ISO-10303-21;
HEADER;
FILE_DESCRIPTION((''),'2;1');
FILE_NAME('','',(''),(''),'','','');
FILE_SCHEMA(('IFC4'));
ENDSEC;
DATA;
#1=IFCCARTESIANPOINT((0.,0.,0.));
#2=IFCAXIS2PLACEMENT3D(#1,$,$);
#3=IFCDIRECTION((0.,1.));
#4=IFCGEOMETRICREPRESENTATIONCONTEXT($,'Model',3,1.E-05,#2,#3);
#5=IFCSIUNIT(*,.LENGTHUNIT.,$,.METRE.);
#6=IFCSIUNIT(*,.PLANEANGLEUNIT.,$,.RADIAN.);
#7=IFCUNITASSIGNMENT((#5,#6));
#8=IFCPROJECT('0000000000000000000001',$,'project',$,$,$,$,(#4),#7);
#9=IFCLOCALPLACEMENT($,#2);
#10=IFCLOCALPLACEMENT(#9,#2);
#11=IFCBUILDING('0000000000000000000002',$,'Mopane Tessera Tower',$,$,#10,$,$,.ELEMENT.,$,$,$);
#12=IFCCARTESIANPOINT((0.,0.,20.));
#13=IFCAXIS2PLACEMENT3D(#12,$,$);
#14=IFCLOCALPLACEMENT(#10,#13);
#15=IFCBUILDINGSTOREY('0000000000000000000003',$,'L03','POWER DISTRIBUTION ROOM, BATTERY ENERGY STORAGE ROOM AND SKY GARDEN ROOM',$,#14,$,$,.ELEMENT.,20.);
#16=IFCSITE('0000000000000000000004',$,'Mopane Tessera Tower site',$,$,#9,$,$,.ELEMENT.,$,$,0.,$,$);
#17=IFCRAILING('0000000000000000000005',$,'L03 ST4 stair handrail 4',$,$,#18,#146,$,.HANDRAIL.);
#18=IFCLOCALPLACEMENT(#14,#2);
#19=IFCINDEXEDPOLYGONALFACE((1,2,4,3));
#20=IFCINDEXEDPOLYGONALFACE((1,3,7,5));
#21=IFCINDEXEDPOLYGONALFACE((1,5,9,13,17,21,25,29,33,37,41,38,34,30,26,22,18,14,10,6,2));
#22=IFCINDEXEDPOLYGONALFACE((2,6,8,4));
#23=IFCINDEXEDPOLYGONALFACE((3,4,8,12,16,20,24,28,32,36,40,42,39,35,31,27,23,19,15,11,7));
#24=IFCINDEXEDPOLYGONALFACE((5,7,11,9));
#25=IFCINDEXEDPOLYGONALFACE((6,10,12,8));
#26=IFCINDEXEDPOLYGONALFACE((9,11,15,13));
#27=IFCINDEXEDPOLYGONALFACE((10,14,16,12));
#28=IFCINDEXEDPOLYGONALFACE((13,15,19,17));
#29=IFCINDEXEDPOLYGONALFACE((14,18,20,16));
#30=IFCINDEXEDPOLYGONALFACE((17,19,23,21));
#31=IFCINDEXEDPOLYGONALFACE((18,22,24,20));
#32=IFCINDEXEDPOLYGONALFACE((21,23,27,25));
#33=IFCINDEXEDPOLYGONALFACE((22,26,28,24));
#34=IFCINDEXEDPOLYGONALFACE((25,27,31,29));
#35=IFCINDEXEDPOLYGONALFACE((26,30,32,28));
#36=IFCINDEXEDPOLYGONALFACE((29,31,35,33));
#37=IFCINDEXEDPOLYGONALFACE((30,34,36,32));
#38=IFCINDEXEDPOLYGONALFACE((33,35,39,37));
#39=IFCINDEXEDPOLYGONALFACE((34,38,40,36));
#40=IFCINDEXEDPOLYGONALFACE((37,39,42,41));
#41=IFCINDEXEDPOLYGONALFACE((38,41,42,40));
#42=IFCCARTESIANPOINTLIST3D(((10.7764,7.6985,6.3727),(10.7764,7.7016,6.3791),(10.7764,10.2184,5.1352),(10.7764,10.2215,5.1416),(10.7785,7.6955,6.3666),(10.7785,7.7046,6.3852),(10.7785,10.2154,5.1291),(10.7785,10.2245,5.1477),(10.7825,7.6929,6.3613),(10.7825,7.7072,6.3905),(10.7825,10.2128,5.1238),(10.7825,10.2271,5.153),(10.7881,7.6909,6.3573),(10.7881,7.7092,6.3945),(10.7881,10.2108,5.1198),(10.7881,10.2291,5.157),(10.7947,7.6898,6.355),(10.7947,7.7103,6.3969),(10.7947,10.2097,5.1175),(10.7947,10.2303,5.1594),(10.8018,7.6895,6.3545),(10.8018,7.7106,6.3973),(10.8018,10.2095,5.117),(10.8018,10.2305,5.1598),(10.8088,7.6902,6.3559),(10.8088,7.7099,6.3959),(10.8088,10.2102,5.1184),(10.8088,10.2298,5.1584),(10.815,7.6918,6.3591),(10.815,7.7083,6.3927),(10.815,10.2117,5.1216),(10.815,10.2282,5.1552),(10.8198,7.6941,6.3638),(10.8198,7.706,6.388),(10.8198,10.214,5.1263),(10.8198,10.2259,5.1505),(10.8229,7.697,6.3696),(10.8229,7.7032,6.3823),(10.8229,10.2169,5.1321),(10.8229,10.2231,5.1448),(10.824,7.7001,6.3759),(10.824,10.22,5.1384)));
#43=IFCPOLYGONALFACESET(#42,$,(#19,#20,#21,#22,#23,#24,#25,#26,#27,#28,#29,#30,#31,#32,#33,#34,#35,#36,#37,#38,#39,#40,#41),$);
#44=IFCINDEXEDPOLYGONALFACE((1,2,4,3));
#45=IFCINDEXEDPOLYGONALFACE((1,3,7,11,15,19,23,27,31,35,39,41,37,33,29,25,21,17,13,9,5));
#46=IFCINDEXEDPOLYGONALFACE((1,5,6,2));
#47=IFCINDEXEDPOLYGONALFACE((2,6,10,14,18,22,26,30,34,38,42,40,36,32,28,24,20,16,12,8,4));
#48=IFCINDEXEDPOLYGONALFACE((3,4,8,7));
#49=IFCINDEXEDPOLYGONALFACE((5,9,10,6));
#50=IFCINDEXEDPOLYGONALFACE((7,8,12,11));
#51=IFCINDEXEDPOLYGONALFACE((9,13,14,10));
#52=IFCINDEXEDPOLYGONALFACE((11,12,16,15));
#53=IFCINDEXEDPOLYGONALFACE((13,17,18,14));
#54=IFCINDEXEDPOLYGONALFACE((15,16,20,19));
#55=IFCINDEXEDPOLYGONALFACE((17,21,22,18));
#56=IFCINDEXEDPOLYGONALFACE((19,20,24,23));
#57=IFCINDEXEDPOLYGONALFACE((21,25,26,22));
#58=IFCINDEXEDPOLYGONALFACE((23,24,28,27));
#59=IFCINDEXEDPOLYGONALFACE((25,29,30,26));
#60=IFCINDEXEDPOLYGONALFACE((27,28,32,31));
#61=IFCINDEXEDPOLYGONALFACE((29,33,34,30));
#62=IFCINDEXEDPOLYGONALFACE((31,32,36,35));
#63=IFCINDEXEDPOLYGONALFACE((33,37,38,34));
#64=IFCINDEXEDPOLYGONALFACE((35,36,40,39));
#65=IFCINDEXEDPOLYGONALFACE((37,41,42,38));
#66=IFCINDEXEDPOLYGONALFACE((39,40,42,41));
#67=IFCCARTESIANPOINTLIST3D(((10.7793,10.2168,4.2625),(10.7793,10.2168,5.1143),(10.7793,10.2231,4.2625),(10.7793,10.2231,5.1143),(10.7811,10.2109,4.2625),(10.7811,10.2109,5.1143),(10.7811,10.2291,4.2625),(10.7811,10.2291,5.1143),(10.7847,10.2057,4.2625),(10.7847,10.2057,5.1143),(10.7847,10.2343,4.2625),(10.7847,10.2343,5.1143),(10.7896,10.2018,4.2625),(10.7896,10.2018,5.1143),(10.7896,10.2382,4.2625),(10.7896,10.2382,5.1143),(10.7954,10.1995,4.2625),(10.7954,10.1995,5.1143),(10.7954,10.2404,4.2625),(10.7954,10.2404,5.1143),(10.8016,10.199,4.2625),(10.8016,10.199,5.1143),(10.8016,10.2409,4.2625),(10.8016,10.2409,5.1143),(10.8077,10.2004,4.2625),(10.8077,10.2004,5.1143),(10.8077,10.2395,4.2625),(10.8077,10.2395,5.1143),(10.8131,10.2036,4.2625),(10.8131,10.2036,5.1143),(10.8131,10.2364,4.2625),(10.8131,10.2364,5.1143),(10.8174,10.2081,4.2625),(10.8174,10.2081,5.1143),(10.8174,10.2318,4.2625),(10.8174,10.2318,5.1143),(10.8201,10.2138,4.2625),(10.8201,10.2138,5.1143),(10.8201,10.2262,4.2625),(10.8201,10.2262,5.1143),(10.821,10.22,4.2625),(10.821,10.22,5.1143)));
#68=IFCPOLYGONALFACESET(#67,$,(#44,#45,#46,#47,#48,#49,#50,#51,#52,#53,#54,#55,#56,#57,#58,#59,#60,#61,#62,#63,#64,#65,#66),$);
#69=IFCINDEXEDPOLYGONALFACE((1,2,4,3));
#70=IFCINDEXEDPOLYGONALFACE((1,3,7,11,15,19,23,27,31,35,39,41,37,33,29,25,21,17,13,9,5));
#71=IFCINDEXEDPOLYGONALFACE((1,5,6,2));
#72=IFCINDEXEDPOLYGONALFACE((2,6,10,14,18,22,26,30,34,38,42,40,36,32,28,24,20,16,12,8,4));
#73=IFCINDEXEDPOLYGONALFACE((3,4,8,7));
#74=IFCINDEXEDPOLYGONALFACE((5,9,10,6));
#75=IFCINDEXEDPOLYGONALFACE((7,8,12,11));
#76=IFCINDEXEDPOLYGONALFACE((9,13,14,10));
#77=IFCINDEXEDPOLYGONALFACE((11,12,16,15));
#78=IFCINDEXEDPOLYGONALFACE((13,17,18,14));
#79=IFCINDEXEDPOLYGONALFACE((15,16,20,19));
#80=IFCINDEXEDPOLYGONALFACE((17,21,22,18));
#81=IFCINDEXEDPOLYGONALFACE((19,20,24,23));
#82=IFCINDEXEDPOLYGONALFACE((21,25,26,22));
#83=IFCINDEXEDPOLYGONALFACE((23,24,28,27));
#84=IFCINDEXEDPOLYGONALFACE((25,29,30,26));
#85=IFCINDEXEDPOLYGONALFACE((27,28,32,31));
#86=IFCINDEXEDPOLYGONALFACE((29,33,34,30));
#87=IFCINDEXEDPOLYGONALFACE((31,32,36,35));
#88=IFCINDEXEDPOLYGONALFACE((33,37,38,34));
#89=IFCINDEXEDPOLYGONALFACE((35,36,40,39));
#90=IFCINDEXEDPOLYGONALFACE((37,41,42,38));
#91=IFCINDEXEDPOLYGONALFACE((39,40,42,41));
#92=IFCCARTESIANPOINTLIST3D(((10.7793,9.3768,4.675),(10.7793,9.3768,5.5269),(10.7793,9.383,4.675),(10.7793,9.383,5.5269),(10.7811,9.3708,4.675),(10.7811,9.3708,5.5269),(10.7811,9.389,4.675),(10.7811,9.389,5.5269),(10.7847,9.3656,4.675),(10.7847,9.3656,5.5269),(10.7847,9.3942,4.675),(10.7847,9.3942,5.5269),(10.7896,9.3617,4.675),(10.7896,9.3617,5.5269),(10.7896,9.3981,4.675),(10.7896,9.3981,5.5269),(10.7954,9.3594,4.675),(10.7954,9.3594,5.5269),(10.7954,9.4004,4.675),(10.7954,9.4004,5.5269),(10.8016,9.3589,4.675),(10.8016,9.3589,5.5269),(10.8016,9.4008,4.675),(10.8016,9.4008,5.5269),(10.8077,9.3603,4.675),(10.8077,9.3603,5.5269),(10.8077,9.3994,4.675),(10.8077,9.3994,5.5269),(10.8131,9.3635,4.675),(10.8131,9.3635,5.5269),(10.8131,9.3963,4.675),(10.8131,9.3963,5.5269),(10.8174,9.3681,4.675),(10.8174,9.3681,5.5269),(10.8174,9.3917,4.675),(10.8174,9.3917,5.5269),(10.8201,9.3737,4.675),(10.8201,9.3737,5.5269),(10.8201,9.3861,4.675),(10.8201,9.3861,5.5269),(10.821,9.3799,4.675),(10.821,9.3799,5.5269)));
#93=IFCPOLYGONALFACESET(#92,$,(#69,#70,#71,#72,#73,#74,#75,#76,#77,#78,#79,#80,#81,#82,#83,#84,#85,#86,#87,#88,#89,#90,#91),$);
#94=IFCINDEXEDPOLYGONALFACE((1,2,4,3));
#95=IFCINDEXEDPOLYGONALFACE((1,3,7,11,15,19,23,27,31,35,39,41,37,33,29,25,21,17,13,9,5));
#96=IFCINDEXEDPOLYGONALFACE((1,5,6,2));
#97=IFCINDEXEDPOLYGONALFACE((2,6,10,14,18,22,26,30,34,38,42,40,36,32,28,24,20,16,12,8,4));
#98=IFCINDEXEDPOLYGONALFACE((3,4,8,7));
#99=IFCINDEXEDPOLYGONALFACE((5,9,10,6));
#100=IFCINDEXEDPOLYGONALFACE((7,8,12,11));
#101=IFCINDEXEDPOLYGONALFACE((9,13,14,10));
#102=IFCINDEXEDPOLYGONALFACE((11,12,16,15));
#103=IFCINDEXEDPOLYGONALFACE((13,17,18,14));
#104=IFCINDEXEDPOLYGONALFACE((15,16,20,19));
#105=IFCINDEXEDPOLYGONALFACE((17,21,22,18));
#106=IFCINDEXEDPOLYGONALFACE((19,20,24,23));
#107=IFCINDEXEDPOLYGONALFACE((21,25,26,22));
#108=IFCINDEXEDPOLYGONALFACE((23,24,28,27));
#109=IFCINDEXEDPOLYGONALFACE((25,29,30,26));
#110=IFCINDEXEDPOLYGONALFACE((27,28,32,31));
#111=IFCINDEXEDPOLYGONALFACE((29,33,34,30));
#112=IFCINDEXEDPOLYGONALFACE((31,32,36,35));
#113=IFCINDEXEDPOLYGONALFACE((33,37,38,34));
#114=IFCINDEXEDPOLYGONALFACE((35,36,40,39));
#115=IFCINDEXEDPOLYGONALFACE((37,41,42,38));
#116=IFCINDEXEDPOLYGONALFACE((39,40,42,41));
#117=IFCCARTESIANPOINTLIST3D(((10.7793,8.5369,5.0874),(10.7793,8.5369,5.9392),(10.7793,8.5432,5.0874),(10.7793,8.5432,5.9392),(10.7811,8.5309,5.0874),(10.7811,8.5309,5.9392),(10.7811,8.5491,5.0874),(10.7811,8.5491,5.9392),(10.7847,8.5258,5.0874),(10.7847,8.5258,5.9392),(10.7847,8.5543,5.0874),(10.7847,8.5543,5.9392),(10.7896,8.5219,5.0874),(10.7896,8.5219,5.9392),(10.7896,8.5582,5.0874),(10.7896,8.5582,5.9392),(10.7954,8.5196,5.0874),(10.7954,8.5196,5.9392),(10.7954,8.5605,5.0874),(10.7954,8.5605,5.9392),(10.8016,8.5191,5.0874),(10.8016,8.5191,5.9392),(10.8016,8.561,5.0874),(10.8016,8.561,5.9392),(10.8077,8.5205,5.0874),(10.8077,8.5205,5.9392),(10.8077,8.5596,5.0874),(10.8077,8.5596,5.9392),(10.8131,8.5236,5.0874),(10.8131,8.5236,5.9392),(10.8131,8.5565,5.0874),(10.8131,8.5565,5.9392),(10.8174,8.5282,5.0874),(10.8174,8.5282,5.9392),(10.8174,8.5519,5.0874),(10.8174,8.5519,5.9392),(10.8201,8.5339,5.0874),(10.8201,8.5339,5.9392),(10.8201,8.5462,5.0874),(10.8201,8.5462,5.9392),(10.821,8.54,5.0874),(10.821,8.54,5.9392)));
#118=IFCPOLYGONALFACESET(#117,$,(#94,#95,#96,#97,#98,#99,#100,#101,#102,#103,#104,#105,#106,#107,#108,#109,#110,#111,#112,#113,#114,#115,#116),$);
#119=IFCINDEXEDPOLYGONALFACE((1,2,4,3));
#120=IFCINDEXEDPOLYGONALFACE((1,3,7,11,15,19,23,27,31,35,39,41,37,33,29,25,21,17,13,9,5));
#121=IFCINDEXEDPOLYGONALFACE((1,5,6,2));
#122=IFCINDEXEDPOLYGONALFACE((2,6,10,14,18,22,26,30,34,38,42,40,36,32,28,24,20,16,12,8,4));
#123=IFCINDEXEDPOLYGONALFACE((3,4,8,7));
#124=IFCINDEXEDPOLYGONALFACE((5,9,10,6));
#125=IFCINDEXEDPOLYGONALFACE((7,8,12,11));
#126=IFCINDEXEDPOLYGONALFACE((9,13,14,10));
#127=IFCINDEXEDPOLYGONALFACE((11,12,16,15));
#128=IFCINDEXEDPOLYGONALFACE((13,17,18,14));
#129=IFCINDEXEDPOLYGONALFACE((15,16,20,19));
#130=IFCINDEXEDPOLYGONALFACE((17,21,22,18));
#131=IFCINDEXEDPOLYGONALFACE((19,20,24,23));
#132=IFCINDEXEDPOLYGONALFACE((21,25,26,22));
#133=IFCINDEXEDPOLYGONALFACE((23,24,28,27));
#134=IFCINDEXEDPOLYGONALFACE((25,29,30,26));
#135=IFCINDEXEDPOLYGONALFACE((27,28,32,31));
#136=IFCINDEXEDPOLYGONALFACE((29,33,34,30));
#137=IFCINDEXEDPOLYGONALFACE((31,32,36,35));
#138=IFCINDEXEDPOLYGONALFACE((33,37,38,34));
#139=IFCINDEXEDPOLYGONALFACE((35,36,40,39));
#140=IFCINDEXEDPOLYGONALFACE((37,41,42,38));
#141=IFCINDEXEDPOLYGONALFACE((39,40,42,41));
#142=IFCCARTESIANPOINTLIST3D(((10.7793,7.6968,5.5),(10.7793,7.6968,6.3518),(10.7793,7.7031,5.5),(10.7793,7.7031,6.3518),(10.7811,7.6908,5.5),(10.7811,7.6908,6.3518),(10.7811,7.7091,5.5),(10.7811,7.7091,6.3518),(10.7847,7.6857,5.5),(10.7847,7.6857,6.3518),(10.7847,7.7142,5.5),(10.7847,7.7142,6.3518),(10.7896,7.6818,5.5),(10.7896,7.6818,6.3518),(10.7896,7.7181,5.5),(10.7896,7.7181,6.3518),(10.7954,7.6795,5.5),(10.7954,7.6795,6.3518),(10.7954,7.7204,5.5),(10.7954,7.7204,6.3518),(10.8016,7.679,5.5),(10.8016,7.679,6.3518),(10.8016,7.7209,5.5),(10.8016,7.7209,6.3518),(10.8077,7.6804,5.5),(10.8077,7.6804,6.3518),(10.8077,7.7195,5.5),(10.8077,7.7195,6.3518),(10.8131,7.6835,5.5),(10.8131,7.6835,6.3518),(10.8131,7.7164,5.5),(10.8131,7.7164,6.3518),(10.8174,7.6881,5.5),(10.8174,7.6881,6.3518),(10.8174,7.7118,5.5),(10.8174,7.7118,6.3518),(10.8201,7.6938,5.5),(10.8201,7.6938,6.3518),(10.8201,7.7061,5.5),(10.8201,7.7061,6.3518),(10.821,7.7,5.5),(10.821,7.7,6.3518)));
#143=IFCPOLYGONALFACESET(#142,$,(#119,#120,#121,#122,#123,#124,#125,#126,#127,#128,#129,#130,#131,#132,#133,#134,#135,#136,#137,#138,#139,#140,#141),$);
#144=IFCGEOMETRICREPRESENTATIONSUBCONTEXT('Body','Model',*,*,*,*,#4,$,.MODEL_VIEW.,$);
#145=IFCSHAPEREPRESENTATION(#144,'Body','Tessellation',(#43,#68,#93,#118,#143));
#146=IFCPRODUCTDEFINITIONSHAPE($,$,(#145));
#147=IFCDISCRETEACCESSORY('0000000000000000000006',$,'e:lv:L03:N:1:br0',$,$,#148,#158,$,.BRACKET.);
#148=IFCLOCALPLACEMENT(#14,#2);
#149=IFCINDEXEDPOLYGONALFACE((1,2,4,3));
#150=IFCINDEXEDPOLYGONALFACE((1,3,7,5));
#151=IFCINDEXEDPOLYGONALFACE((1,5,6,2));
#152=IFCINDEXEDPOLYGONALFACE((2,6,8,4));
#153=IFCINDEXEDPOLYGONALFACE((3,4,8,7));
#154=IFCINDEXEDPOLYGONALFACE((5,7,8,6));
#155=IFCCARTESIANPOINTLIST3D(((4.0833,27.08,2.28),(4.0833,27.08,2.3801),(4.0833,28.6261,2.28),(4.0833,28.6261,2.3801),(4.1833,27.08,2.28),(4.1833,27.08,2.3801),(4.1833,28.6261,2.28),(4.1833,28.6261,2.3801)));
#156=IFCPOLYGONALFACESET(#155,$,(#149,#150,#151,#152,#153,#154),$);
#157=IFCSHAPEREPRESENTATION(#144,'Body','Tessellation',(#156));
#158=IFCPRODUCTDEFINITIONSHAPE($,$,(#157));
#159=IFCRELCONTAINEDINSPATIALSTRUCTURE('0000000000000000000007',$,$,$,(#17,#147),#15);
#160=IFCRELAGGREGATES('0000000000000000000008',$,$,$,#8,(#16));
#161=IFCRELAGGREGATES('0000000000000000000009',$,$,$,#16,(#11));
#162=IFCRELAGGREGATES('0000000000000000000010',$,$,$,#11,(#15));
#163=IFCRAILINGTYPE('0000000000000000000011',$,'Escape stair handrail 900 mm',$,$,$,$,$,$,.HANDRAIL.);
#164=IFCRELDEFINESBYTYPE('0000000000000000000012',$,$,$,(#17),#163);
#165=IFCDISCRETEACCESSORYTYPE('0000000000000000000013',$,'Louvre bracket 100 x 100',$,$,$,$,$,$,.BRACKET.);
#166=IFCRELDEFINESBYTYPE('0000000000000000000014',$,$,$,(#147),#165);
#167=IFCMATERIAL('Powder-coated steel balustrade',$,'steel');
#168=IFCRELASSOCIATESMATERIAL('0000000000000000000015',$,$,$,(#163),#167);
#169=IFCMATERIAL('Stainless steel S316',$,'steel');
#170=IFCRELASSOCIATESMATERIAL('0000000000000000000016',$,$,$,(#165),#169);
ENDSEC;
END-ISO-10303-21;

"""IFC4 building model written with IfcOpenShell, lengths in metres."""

from ifc_helpers import new_model, si_unit, direction, frame, origin, origin_2d, place, context, subcontext, project, spatial, rectangle, circle, extrude, material, type_object, element, save


model = new_model("IFC4")

# Units and contexts
model_context = context("Model", 3, precision=1e-05, world=origin(), true_north=direction((0.0, 1.0)))
body_context = subcontext(model_context, "Body", "Model", "MODEL_VIEW")
ifc_project = project(units=[si_unit("LENGTHUNIT", "METRE"), si_unit("PLANEANGLEUNIT", "RADIAN")], contexts=[model_context])

# Site, building, storey
site_placement = place(None, origin())
site = spatial("IfcSite", under=ifc_project, at=site_placement, Name="Mopane Tessera Tower site", CompositionType="ELEMENT", RefElevation=0.0)
building_placement = place(site_placement, origin())
building = spatial("IfcBuilding", under=site, at=building_placement, Name="Mopane Tessera Tower", CompositionType="ELEMENT")
storey_placement = place(building_placement, frame((0.0, 0.0, 20.0)))
storey = spatial("IfcBuildingStorey", under=building, at=storey_placement, Name="L03", Description="POWER DISTRIBUTION ROOM, BATTERY ENERGY STORAGE ROOM AND SKY GARDEN ROOM", CompositionType="ELEMENT", Elevation=20.0)

# Railing
ifc_material_1 = material(Name="Powder-coated steel balustrade", Category="steel")
railing_type_1 = type_object("IfcRailingType", Name="Escape stair handrail 900 mm", PredefinedType="HANDRAIL", material=ifc_material_1)
for number, where, name in (
    (1, (10.8, 10.22, 4.2625), "L03 ST4 stair handrail 4"),
):
    element("IfcRailing", number, at=place(storey_placement, frame(where)), inside=storey, type_object=railing_type_1, Name=name, PredefinedType="HANDRAIL", context=body_context, shape_type="SweptSolid", body=[
        extrude(circle(Radius=0.0239, at=origin_2d()), frame((0.0, 0.0, 0.876), z_axis=(0.0, -0.897604, 0.440802), x_axis=(1.0, 0.0, 0.0)), (0.0, 0.0, 1.0), 2.8074),
        extrude(circle(Radius=0.021, at=origin_2d()), origin(), (0.0, 0.0, 1.0), 0.8518),
        extrude(circle(Radius=0.021, at=origin_2d()), frame((0.0, -0.8401, 0.4126)), (0.0, 0.0, 1.0), 0.8518),
        extrude(circle(Radius=0.021, at=origin_2d()), frame((0.0, -1.6799, 0.825)), (0.0, 0.0, 1.0), 0.8518),
        extrude(circle(Radius=0.021, at=origin_2d()), frame((0.0, -2.52, 1.2375)), (0.0, 0.0, 1.0), 0.8518),
    ])

# Discrete accessory
ifc_material_2 = material(Name="Stainless steel S316", Category="steel")
discrete_accessory_type = type_object("IfcDiscreteAccessoryType", Name="Louvre bracket 100 x 100", PredefinedType="BRACKET", material=ifc_material_2)
discrete_accessory_placement = place(storey_placement, frame((4.1333, 27.853, 2.28), z_axis=(0.0, 0.0, 1.0), x_axis=(0.0, 1.0, 0.0)))
element("IfcDiscreteAccessory", 2, at=discrete_accessory_placement, inside=storey, type_object=discrete_accessory_type, Name="e:lv:L03:N:1:br0", PredefinedType="BRACKET", context=body_context, shape_type="SweptSolid", body=[
    extrude(rectangle(XDim=1.5461, YDim=0.1001, at=origin_2d()), origin(), (0.0, 0.0, 1.0), 0.1001),
])

save(model, "model.ifc")
